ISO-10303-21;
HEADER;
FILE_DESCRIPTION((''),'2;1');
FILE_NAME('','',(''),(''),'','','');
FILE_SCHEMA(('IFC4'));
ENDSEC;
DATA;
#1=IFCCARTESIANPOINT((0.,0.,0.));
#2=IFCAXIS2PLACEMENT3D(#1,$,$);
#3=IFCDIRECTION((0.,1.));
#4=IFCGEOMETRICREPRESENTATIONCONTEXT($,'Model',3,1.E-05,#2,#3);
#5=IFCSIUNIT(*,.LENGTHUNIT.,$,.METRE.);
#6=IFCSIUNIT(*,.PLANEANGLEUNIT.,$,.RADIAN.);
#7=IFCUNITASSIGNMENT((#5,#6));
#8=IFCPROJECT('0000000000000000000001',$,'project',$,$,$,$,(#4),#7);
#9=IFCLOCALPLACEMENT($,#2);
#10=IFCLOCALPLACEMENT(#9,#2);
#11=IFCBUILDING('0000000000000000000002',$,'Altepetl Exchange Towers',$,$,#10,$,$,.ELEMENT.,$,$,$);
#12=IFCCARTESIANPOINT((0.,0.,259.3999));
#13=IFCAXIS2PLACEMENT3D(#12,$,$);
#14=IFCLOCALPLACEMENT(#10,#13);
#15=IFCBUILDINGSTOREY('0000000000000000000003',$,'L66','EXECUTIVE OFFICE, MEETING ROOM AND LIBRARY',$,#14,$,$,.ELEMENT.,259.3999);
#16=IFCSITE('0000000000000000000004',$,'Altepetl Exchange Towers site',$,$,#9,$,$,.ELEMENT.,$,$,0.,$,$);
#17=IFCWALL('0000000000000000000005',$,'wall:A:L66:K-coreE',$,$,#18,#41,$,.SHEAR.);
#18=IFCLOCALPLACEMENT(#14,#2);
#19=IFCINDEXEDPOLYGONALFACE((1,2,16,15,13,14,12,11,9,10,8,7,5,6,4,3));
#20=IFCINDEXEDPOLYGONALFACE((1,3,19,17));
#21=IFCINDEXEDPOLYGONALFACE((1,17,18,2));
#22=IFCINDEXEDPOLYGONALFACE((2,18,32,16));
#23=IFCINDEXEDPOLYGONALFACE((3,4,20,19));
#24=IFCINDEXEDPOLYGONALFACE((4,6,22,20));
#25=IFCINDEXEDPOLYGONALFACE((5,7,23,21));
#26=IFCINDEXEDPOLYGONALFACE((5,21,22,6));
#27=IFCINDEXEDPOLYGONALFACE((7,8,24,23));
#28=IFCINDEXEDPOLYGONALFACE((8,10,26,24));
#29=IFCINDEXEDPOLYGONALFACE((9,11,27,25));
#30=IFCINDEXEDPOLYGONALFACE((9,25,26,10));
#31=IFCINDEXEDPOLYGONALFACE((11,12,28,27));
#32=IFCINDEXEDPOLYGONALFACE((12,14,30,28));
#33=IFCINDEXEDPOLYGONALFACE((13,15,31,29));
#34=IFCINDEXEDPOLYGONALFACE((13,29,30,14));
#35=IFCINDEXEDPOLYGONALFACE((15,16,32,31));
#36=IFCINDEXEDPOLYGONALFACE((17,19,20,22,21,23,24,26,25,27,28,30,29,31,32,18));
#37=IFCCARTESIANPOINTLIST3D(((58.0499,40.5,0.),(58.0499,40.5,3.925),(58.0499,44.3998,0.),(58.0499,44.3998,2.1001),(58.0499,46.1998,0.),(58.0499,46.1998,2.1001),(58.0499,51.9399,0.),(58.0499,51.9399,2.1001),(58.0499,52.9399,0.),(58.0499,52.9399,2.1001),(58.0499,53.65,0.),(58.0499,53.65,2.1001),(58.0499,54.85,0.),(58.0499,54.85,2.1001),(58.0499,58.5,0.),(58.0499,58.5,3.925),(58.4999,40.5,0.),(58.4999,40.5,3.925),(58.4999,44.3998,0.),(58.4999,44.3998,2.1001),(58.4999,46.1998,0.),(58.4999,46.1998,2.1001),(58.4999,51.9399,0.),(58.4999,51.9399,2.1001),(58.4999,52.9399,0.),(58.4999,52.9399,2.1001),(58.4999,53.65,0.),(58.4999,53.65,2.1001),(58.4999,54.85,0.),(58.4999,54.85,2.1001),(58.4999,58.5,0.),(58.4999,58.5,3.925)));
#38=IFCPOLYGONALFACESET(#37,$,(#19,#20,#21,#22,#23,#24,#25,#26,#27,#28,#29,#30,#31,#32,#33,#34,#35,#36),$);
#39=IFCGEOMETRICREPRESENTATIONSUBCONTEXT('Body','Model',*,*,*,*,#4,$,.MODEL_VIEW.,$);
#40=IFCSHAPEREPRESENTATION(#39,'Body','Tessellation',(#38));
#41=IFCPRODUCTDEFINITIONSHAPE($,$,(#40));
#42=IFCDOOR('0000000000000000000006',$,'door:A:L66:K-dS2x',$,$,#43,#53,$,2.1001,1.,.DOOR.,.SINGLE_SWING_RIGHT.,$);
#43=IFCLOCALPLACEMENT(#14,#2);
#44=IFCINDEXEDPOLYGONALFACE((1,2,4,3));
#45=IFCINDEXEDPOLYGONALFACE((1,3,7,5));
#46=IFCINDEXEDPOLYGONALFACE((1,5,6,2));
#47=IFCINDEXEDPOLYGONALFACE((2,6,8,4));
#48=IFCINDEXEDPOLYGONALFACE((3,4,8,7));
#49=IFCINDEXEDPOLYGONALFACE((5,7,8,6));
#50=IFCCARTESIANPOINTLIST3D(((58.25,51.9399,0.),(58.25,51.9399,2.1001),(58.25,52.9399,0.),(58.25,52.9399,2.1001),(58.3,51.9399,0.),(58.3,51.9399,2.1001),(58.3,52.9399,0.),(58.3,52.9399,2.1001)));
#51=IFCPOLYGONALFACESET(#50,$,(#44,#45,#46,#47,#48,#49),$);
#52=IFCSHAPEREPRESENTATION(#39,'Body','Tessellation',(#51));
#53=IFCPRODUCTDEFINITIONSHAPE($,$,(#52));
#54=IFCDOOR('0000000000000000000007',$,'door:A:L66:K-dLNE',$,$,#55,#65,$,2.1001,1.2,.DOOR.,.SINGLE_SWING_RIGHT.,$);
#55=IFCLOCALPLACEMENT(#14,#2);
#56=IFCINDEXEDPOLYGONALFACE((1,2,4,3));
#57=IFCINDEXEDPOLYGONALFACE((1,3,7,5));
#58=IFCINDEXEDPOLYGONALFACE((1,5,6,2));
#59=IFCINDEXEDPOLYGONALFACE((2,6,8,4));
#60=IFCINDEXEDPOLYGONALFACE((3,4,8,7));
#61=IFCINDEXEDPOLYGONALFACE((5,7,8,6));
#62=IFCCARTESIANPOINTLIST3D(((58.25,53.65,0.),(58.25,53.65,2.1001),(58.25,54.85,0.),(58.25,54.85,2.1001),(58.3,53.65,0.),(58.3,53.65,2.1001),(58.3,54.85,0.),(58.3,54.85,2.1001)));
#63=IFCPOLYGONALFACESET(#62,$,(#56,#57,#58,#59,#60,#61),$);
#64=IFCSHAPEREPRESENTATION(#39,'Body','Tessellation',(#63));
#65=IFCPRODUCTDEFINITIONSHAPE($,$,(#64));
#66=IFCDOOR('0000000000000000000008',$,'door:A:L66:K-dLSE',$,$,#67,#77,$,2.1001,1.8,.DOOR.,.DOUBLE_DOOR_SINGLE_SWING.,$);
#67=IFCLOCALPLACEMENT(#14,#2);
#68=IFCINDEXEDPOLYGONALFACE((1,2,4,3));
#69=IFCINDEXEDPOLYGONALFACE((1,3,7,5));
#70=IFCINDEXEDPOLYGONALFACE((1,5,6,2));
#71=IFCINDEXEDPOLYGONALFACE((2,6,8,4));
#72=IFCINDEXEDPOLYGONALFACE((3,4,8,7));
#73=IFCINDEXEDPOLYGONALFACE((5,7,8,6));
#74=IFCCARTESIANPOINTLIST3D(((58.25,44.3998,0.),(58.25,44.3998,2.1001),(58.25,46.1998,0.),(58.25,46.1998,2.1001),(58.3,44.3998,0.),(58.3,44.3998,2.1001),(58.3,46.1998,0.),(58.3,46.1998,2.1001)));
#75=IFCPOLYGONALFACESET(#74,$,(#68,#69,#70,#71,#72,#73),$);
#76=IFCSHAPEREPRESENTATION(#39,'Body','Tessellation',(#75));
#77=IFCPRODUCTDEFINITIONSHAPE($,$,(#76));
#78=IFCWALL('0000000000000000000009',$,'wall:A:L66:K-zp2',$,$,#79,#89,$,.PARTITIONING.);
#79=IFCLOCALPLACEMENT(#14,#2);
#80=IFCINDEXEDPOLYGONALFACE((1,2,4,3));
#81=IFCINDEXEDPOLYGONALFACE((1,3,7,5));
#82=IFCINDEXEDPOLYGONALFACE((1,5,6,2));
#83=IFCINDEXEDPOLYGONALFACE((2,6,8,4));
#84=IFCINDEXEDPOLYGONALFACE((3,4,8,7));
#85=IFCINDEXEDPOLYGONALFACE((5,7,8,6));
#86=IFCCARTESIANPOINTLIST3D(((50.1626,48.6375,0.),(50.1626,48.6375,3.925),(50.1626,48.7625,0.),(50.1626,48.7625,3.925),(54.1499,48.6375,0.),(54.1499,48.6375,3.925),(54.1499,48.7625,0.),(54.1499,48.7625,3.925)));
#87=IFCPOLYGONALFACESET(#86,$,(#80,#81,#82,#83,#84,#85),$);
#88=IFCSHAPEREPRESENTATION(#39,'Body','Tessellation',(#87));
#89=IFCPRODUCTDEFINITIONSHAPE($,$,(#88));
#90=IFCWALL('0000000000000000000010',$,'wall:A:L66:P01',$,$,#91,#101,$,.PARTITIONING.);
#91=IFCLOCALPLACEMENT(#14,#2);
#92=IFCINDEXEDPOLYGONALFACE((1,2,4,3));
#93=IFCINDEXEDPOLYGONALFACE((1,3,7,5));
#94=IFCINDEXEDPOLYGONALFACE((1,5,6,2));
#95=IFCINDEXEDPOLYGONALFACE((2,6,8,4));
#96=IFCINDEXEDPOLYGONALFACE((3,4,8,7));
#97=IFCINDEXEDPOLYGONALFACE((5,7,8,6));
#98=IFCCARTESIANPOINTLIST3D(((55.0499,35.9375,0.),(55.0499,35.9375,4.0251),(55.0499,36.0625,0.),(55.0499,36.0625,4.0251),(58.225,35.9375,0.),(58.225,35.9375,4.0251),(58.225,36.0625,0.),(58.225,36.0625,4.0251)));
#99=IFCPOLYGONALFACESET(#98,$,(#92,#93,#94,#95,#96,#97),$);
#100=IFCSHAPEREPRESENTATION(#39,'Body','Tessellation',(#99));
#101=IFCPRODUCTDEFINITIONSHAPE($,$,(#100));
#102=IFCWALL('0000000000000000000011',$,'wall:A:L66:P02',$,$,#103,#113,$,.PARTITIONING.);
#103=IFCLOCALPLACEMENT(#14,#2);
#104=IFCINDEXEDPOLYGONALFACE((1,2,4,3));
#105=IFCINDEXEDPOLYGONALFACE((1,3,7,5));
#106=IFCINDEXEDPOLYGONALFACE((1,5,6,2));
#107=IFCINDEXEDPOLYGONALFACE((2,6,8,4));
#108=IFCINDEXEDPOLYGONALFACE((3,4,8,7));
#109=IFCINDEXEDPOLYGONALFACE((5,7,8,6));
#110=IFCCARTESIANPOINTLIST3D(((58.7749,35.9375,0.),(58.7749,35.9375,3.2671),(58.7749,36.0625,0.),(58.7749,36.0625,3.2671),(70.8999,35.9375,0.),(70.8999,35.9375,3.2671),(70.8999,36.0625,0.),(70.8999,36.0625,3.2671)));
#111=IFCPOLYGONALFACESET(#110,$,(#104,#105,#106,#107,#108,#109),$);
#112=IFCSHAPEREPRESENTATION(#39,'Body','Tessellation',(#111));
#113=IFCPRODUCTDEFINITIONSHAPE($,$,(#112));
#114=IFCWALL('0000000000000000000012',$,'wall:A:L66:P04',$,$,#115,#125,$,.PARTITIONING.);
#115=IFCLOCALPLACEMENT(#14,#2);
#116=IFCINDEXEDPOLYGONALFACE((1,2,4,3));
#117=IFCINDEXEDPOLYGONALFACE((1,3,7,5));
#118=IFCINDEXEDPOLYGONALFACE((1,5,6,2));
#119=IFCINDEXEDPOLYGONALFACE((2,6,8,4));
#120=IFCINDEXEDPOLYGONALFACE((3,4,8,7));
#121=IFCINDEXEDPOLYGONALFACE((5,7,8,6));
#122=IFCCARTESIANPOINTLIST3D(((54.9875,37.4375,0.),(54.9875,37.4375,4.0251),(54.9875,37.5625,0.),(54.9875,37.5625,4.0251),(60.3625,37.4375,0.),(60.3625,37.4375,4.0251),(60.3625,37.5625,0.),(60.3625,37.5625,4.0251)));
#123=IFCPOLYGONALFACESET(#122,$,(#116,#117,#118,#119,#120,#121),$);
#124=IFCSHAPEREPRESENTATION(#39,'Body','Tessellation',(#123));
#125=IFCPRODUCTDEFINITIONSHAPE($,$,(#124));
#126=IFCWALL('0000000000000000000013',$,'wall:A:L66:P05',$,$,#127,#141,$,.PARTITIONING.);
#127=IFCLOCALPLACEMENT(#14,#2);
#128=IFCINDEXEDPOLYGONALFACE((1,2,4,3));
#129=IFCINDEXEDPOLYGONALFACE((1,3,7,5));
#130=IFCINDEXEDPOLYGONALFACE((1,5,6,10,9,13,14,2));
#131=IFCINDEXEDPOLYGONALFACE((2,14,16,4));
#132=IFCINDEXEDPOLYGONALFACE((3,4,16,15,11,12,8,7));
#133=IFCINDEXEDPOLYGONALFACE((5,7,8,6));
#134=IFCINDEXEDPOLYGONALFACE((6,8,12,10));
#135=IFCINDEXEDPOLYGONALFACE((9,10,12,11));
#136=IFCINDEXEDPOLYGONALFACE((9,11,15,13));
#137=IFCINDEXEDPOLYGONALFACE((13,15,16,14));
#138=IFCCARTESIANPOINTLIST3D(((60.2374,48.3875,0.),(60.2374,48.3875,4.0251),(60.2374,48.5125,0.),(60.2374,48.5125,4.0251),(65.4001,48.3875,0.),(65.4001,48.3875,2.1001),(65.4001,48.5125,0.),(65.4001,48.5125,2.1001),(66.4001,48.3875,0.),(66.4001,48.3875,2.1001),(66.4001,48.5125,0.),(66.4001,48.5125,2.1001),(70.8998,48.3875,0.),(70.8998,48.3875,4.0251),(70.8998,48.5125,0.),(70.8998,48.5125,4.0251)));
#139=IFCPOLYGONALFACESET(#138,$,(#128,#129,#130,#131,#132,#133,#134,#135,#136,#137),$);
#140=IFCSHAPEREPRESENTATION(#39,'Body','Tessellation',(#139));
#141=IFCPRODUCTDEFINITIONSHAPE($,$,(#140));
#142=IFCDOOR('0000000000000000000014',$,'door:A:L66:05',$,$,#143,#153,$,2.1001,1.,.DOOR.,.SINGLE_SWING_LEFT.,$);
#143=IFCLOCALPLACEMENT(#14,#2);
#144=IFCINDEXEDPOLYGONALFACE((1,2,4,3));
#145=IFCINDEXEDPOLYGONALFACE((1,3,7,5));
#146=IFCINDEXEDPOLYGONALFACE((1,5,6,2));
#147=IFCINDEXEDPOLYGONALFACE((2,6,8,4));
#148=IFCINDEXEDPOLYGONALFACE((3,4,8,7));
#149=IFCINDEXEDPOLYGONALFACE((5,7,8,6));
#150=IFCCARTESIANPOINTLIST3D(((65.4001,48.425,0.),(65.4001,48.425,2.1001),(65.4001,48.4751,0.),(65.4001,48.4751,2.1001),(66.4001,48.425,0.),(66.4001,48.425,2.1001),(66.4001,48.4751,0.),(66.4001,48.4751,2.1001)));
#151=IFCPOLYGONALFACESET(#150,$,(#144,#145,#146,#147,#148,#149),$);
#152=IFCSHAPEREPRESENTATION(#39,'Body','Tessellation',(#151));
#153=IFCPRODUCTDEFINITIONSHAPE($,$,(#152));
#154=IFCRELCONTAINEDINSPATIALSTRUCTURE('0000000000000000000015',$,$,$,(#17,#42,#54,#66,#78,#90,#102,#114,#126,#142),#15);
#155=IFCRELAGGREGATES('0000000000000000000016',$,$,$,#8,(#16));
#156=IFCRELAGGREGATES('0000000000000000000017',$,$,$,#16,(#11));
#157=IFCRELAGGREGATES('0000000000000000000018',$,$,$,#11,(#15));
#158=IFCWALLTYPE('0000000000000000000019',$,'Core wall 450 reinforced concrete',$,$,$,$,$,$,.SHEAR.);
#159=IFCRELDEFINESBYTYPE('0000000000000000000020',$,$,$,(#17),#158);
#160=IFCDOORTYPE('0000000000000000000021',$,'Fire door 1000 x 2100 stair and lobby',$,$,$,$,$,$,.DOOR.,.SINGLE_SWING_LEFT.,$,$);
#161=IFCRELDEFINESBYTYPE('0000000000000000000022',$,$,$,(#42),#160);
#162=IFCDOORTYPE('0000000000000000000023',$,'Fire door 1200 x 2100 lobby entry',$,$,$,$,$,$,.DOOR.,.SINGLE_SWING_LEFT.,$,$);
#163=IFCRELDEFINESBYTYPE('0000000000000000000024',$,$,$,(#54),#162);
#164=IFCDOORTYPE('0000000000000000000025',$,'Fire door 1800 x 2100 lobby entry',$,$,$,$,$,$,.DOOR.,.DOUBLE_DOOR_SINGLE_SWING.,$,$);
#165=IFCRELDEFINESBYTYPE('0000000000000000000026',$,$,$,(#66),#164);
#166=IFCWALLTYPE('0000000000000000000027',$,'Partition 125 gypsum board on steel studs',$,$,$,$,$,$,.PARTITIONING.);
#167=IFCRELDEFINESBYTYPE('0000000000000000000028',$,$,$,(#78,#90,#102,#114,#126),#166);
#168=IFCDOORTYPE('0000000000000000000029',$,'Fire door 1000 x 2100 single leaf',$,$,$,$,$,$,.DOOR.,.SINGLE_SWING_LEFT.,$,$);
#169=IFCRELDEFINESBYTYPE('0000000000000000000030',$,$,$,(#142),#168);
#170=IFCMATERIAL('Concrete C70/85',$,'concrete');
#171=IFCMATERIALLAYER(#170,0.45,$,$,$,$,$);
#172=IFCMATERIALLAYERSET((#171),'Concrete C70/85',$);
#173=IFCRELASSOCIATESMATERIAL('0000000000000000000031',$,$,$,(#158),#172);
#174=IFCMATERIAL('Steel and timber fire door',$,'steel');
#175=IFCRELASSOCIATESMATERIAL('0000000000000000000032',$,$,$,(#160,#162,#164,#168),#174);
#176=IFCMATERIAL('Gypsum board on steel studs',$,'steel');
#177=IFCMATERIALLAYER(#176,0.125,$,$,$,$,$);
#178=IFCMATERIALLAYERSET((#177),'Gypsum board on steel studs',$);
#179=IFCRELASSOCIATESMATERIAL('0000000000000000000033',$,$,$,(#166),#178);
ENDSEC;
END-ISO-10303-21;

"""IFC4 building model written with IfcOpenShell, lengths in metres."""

from ifc_helpers import new_model, si_unit, direction, frame, frame_2d, origin, place, context, subcontext, project, spatial, rectangle, extrude, material, layer, layer_set, type_object, element, fill, save


model = new_model("IFC4")

# Units and contexts
model_context = context("Model", 3, precision=1e-05, world=origin(), true_north=direction((0.0, 1.0)))
body_context = subcontext(model_context, "Body", "Model", "MODEL_VIEW")
ifc_project = project(units=[si_unit("LENGTHUNIT", "METRE"), si_unit("PLANEANGLEUNIT", "RADIAN")], contexts=[model_context])

# Site, building, storey
site_placement = place(None, origin())
site = spatial("IfcSite", under=ifc_project, at=site_placement, Name="Altepetl Exchange Towers site", CompositionType="ELEMENT", RefElevation=0.0)
building_placement = place(site_placement, origin())
building = spatial("IfcBuilding", under=site, at=building_placement, Name="Altepetl Exchange Towers", CompositionType="ELEMENT")
storey_placement = place(building_placement, frame((0.0, 0.0, 259.3999)))
storey = spatial("IfcBuildingStorey", under=building, at=storey_placement, Name="L66", Description="EXECUTIVE OFFICE, MEETING ROOM AND LIBRARY", CompositionType="ELEMENT", Elevation=259.3999)

# Shared definitions
ifc_material_1 = material(Name="Concrete C70/85", Category="concrete")

# Wall, openings, doors
ifc_layer_1 = layer(ifc_material_1, 0.45)
ifc_layer_set_1 = layer_set([ifc_layer_1], Name="Concrete C70/85")
wall_type_1 = type_object("IfcWallType", Name="Core wall 450 reinforced concrete", PredefinedType="SHEAR", material=ifc_layer_set_1)
wall_1_placement = place(storey_placement, frame((58.2749, 40.5, 0.0), z_axis=(0.0, 0.0, 1.0), x_axis=(0.0, 1.0, 0.0)))
wall_1 = element("IfcWall", 1, at=wall_1_placement, inside=storey, type_object=wall_type_1, Name="wall:A:L66:K-coreE", PredefinedType="SHEAR", context=body_context, shape_type="SweptSolid", body=[
    extrude(rectangle(XDim=18.0, YDim=0.45, at=frame_2d((9.0, 0.0))), origin(), (0.0, 0.0, 1.0), 3.925),
])
opening_1_placement = place(wall_1_placement, frame((13.1499, 0.0, 0.0)))
opening_1 = element("IfcOpeningElement", 2, at=opening_1_placement, cuts=wall_1, PredefinedType="OPENING", context=body_context, shape_type="SweptSolid", body=[
    extrude(rectangle(XDim=1.2, YDim=2.1001, at=frame_2d((0.6001, 1.05))), frame((0.0, 0.2349, 0.0), z_axis=(0.0, -1.0, 0.0), x_axis=(1.0, 0.0, 0.0)), (0.0, 0.0, 1.0), 0.47),
])
opening_2_placement = place(wall_1_placement, frame((3.8999, 0.0, 0.0)))
opening_2 = element("IfcOpeningElement", 3, at=opening_2_placement, cuts=wall_1, PredefinedType="OPENING", context=body_context, shape_type="SweptSolid", body=[
    extrude(rectangle(XDim=1.8, YDim=2.1001, at=frame_2d((0.8999, 1.05))), frame((0.0, 0.2349, 0.0), z_axis=(0.0, -1.0, 0.0), x_axis=(1.0, 0.0, 0.0)), (0.0, 0.0, 1.0), 0.47),
])
opening_3_placement = place(wall_1_placement, frame((11.4399, 0.0, 0.0)))
opening_3 = element("IfcOpeningElement", 4, at=opening_3_placement, cuts=wall_1, PredefinedType="OPENING", context=body_context, shape_type="SweptSolid", body=[
    extrude(rectangle(XDim=1.0, YDim=2.1001, at=frame_2d((0.5, 1.05))), frame((0.0, 0.2349, 0.0), z_axis=(0.0, -1.0, 0.0), x_axis=(1.0, 0.0, 0.0)), (0.0, 0.0, 1.0), 0.47),
])
ifc_material_2 = material(Name="Steel and timber fire door", Category="steel")
door_type_1 = type_object("IfcDoorType", Name="Fire door 1000 x 2100 stair and lobby", OperationType="SINGLE_SWING_LEFT", PredefinedType="DOOR", material=ifc_material_2)
door_1_placement = place(opening_3_placement, origin())
door_1 = element("IfcDoor", 5, at=door_1_placement, inside=storey, type_object=door_type_1, Name="door:A:L66:K-dS2x", OperationType="SINGLE_SWING_RIGHT", OverallHeight=2.1001, OverallWidth=1.0, PredefinedType="DOOR", context=body_context, shape_type="SweptSolid", body=[
    extrude(rectangle(XDim=1.0, YDim=2.1001, at=frame_2d((0.5, 1.05))), frame((0.0, 0.0249, 0.0), z_axis=(0.0, -1.0, 0.0), x_axis=(1.0, 0.0, 0.0)), (0.0, 0.0, 1.0), 0.05),
])
fill(opening_3, door_1)
door_type_2 = type_object("IfcDoorType", Name="Fire door 1200 x 2100 lobby entry", OperationType="SINGLE_SWING_LEFT", PredefinedType="DOOR", material=ifc_material_2)
door_2_placement = place(opening_1_placement, origin())
door_2 = element("IfcDoor", 6, at=door_2_placement, inside=storey, type_object=door_type_2, Name="door:A:L66:K-dLNE", OperationType="SINGLE_SWING_RIGHT", OverallHeight=2.1001, OverallWidth=1.2, PredefinedType="DOOR", context=body_context, shape_type="SweptSolid", body=[
    extrude(rectangle(XDim=1.2, YDim=2.1001, at=frame_2d((0.6001, 1.05))), frame((0.0, 0.0249, 0.0), z_axis=(0.0, -1.0, 0.0), x_axis=(1.0, 0.0, 0.0)), (0.0, 0.0, 1.0), 0.05),
])
fill(opening_1, door_2)
door_type_3 = type_object("IfcDoorType", Name="Fire door 1800 x 2100 lobby entry", OperationType="DOUBLE_DOOR_SINGLE_SWING", PredefinedType="DOOR", material=ifc_material_2)
door_3_placement = place(opening_2_placement, origin())
door_3 = element("IfcDoor", 7, at=door_3_placement, inside=storey, type_object=door_type_3, Name="door:A:L66:K-dLSE", OperationType="DOUBLE_DOOR_SINGLE_SWING", OverallHeight=2.1001, OverallWidth=1.8, PredefinedType="DOOR", context=body_context, shape_type="SweptSolid", body=[
    extrude(rectangle(XDim=1.8, YDim=2.1001, at=frame_2d((0.8999, 1.05))), frame((0.0, 0.0249, 0.0), z_axis=(0.0, -1.0, 0.0), x_axis=(1.0, 0.0, 0.0)), (0.0, 0.0, 1.0), 0.05),
])
fill(opening_2, door_3)

# Walls
ifc_material_3 = material(Name="Gypsum board on steel studs", Category="steel")
ifc_layer_2 = layer(ifc_material_3, 0.125)
ifc_layer_set_2 = layer_set([ifc_layer_2], Name="Gypsum board on steel studs")
wall_type_2 = type_object("IfcWallType", Name="Partition 125 gypsum board on steel studs", PredefinedType="PARTITIONING", material=ifc_layer_set_2)
wall_2_placement = place(storey_placement, frame((54.1499, 48.7, 0.0), z_axis=(0.0, 0.0, 1.0), x_axis=(-1.0, 0.0, 0.0)))
element("IfcWall", 8, at=wall_2_placement, inside=storey, type_object=wall_type_2, Name="wall:A:L66:K-zp2", PredefinedType="PARTITIONING", context=body_context, shape_type="SweptSolid", body=[
    extrude(rectangle(XDim=3.9873, YDim=0.125, at=frame_2d((1.9937, 0.0))), origin(), (0.0, 0.0, 1.0), 3.925),
])
wall_3_placement = place(storey_placement, frame((55.05, 36.0, 0.0)))
element("IfcWall", 9, at=wall_3_placement, inside=storey, type_object=wall_type_2, Name="wall:A:L66:P01", PredefinedType="PARTITIONING", context=body_context, shape_type="SweptSolid", body=[
    extrude(rectangle(XDim=3.175, YDim=0.125, at=frame_2d((1.5874, 0.0))), origin(), (0.0, 0.0, 1.0), 4.0251),
])
wall_4_placement = place(storey_placement, frame((58.7749, 36.0, 0.0)))
element("IfcWall", 10, at=wall_4_placement, inside=storey, type_object=wall_type_2, Name="wall:A:L66:P02", PredefinedType="PARTITIONING", context=body_context, shape_type="SweptSolid", body=[
    extrude(rectangle(XDim=12.125, YDim=0.125, at=frame_2d((6.0625, 0.0))), origin(), (0.0, 0.0, 1.0), 3.2671),
])
wall_5_placement = place(storey_placement, frame((54.9875, 37.5, 0.0)))
element("IfcWall", 11, at=wall_5_placement, inside=storey, type_object=wall_type_2, Name="wall:A:L66:P04", PredefinedType="PARTITIONING", context=body_context, shape_type="SweptSolid", body=[
    extrude(rectangle(XDim=5.375, YDim=0.125, at=frame_2d((2.6875, 0.0))), origin(), (0.0, 0.0, 1.0), 4.0251),
])

# Wall, opening, door
wall_6_placement = place(storey_placement, frame((60.2375, 48.45, 0.0)))
wall_6 = element("IfcWall", 12, at=wall_6_placement, inside=storey, type_object=wall_type_2, Name="wall:A:L66:P05", PredefinedType="PARTITIONING", context=body_context, shape_type="SweptSolid", body=[
    extrude(rectangle(XDim=10.6624, YDim=0.125, at=frame_2d((5.3311, 0.0))), origin(), (0.0, 0.0, 1.0), 4.0251),
])
opening_4_placement = place(wall_6_placement, frame((5.1626, 0.0, 0.0)))
opening_4 = element("IfcOpeningElement", 13, at=opening_4_placement, cuts=wall_6, PredefinedType="OPENING", context=body_context, shape_type="SweptSolid", body=[
    extrude(rectangle(XDim=1.0, YDim=2.1001, at=frame_2d((0.5, 1.05))), frame((0.0, 0.0725, 0.0), z_axis=(0.0, -1.0, 0.0), x_axis=(1.0, 0.0, 0.0)), (0.0, 0.0, 1.0), 0.145),
])
door_type_4 = type_object("IfcDoorType", Name="Fire door 1000 x 2100 single leaf", OperationType="SINGLE_SWING_LEFT", PredefinedType="DOOR", material=ifc_material_2)
door_4_placement = place(opening_4_placement, frame((1.0, 0.0, 0.0), x_axis=(-1.0, 0.0, 0.0)))
door_4 = element("IfcDoor", 14, at=door_4_placement, inside=storey, type_object=door_type_4, Name="door:A:L66:05", OperationType="SINGLE_SWING_LEFT", OverallHeight=2.1001, OverallWidth=1.0, PredefinedType="DOOR", context=body_context, shape_type="SweptSolid", body=[
    extrude(rectangle(XDim=1.0, YDim=2.1001, at=frame_2d((0.5, 1.05))), frame((0.0, 0.0249, 0.0), z_axis=(0.0, -1.0, 0.0), x_axis=(1.0, 0.0, 0.0)), (0.0, 0.0, 1.0), 0.05),
])
fill(opening_4, door_4)

save(model, "model.ifc")
